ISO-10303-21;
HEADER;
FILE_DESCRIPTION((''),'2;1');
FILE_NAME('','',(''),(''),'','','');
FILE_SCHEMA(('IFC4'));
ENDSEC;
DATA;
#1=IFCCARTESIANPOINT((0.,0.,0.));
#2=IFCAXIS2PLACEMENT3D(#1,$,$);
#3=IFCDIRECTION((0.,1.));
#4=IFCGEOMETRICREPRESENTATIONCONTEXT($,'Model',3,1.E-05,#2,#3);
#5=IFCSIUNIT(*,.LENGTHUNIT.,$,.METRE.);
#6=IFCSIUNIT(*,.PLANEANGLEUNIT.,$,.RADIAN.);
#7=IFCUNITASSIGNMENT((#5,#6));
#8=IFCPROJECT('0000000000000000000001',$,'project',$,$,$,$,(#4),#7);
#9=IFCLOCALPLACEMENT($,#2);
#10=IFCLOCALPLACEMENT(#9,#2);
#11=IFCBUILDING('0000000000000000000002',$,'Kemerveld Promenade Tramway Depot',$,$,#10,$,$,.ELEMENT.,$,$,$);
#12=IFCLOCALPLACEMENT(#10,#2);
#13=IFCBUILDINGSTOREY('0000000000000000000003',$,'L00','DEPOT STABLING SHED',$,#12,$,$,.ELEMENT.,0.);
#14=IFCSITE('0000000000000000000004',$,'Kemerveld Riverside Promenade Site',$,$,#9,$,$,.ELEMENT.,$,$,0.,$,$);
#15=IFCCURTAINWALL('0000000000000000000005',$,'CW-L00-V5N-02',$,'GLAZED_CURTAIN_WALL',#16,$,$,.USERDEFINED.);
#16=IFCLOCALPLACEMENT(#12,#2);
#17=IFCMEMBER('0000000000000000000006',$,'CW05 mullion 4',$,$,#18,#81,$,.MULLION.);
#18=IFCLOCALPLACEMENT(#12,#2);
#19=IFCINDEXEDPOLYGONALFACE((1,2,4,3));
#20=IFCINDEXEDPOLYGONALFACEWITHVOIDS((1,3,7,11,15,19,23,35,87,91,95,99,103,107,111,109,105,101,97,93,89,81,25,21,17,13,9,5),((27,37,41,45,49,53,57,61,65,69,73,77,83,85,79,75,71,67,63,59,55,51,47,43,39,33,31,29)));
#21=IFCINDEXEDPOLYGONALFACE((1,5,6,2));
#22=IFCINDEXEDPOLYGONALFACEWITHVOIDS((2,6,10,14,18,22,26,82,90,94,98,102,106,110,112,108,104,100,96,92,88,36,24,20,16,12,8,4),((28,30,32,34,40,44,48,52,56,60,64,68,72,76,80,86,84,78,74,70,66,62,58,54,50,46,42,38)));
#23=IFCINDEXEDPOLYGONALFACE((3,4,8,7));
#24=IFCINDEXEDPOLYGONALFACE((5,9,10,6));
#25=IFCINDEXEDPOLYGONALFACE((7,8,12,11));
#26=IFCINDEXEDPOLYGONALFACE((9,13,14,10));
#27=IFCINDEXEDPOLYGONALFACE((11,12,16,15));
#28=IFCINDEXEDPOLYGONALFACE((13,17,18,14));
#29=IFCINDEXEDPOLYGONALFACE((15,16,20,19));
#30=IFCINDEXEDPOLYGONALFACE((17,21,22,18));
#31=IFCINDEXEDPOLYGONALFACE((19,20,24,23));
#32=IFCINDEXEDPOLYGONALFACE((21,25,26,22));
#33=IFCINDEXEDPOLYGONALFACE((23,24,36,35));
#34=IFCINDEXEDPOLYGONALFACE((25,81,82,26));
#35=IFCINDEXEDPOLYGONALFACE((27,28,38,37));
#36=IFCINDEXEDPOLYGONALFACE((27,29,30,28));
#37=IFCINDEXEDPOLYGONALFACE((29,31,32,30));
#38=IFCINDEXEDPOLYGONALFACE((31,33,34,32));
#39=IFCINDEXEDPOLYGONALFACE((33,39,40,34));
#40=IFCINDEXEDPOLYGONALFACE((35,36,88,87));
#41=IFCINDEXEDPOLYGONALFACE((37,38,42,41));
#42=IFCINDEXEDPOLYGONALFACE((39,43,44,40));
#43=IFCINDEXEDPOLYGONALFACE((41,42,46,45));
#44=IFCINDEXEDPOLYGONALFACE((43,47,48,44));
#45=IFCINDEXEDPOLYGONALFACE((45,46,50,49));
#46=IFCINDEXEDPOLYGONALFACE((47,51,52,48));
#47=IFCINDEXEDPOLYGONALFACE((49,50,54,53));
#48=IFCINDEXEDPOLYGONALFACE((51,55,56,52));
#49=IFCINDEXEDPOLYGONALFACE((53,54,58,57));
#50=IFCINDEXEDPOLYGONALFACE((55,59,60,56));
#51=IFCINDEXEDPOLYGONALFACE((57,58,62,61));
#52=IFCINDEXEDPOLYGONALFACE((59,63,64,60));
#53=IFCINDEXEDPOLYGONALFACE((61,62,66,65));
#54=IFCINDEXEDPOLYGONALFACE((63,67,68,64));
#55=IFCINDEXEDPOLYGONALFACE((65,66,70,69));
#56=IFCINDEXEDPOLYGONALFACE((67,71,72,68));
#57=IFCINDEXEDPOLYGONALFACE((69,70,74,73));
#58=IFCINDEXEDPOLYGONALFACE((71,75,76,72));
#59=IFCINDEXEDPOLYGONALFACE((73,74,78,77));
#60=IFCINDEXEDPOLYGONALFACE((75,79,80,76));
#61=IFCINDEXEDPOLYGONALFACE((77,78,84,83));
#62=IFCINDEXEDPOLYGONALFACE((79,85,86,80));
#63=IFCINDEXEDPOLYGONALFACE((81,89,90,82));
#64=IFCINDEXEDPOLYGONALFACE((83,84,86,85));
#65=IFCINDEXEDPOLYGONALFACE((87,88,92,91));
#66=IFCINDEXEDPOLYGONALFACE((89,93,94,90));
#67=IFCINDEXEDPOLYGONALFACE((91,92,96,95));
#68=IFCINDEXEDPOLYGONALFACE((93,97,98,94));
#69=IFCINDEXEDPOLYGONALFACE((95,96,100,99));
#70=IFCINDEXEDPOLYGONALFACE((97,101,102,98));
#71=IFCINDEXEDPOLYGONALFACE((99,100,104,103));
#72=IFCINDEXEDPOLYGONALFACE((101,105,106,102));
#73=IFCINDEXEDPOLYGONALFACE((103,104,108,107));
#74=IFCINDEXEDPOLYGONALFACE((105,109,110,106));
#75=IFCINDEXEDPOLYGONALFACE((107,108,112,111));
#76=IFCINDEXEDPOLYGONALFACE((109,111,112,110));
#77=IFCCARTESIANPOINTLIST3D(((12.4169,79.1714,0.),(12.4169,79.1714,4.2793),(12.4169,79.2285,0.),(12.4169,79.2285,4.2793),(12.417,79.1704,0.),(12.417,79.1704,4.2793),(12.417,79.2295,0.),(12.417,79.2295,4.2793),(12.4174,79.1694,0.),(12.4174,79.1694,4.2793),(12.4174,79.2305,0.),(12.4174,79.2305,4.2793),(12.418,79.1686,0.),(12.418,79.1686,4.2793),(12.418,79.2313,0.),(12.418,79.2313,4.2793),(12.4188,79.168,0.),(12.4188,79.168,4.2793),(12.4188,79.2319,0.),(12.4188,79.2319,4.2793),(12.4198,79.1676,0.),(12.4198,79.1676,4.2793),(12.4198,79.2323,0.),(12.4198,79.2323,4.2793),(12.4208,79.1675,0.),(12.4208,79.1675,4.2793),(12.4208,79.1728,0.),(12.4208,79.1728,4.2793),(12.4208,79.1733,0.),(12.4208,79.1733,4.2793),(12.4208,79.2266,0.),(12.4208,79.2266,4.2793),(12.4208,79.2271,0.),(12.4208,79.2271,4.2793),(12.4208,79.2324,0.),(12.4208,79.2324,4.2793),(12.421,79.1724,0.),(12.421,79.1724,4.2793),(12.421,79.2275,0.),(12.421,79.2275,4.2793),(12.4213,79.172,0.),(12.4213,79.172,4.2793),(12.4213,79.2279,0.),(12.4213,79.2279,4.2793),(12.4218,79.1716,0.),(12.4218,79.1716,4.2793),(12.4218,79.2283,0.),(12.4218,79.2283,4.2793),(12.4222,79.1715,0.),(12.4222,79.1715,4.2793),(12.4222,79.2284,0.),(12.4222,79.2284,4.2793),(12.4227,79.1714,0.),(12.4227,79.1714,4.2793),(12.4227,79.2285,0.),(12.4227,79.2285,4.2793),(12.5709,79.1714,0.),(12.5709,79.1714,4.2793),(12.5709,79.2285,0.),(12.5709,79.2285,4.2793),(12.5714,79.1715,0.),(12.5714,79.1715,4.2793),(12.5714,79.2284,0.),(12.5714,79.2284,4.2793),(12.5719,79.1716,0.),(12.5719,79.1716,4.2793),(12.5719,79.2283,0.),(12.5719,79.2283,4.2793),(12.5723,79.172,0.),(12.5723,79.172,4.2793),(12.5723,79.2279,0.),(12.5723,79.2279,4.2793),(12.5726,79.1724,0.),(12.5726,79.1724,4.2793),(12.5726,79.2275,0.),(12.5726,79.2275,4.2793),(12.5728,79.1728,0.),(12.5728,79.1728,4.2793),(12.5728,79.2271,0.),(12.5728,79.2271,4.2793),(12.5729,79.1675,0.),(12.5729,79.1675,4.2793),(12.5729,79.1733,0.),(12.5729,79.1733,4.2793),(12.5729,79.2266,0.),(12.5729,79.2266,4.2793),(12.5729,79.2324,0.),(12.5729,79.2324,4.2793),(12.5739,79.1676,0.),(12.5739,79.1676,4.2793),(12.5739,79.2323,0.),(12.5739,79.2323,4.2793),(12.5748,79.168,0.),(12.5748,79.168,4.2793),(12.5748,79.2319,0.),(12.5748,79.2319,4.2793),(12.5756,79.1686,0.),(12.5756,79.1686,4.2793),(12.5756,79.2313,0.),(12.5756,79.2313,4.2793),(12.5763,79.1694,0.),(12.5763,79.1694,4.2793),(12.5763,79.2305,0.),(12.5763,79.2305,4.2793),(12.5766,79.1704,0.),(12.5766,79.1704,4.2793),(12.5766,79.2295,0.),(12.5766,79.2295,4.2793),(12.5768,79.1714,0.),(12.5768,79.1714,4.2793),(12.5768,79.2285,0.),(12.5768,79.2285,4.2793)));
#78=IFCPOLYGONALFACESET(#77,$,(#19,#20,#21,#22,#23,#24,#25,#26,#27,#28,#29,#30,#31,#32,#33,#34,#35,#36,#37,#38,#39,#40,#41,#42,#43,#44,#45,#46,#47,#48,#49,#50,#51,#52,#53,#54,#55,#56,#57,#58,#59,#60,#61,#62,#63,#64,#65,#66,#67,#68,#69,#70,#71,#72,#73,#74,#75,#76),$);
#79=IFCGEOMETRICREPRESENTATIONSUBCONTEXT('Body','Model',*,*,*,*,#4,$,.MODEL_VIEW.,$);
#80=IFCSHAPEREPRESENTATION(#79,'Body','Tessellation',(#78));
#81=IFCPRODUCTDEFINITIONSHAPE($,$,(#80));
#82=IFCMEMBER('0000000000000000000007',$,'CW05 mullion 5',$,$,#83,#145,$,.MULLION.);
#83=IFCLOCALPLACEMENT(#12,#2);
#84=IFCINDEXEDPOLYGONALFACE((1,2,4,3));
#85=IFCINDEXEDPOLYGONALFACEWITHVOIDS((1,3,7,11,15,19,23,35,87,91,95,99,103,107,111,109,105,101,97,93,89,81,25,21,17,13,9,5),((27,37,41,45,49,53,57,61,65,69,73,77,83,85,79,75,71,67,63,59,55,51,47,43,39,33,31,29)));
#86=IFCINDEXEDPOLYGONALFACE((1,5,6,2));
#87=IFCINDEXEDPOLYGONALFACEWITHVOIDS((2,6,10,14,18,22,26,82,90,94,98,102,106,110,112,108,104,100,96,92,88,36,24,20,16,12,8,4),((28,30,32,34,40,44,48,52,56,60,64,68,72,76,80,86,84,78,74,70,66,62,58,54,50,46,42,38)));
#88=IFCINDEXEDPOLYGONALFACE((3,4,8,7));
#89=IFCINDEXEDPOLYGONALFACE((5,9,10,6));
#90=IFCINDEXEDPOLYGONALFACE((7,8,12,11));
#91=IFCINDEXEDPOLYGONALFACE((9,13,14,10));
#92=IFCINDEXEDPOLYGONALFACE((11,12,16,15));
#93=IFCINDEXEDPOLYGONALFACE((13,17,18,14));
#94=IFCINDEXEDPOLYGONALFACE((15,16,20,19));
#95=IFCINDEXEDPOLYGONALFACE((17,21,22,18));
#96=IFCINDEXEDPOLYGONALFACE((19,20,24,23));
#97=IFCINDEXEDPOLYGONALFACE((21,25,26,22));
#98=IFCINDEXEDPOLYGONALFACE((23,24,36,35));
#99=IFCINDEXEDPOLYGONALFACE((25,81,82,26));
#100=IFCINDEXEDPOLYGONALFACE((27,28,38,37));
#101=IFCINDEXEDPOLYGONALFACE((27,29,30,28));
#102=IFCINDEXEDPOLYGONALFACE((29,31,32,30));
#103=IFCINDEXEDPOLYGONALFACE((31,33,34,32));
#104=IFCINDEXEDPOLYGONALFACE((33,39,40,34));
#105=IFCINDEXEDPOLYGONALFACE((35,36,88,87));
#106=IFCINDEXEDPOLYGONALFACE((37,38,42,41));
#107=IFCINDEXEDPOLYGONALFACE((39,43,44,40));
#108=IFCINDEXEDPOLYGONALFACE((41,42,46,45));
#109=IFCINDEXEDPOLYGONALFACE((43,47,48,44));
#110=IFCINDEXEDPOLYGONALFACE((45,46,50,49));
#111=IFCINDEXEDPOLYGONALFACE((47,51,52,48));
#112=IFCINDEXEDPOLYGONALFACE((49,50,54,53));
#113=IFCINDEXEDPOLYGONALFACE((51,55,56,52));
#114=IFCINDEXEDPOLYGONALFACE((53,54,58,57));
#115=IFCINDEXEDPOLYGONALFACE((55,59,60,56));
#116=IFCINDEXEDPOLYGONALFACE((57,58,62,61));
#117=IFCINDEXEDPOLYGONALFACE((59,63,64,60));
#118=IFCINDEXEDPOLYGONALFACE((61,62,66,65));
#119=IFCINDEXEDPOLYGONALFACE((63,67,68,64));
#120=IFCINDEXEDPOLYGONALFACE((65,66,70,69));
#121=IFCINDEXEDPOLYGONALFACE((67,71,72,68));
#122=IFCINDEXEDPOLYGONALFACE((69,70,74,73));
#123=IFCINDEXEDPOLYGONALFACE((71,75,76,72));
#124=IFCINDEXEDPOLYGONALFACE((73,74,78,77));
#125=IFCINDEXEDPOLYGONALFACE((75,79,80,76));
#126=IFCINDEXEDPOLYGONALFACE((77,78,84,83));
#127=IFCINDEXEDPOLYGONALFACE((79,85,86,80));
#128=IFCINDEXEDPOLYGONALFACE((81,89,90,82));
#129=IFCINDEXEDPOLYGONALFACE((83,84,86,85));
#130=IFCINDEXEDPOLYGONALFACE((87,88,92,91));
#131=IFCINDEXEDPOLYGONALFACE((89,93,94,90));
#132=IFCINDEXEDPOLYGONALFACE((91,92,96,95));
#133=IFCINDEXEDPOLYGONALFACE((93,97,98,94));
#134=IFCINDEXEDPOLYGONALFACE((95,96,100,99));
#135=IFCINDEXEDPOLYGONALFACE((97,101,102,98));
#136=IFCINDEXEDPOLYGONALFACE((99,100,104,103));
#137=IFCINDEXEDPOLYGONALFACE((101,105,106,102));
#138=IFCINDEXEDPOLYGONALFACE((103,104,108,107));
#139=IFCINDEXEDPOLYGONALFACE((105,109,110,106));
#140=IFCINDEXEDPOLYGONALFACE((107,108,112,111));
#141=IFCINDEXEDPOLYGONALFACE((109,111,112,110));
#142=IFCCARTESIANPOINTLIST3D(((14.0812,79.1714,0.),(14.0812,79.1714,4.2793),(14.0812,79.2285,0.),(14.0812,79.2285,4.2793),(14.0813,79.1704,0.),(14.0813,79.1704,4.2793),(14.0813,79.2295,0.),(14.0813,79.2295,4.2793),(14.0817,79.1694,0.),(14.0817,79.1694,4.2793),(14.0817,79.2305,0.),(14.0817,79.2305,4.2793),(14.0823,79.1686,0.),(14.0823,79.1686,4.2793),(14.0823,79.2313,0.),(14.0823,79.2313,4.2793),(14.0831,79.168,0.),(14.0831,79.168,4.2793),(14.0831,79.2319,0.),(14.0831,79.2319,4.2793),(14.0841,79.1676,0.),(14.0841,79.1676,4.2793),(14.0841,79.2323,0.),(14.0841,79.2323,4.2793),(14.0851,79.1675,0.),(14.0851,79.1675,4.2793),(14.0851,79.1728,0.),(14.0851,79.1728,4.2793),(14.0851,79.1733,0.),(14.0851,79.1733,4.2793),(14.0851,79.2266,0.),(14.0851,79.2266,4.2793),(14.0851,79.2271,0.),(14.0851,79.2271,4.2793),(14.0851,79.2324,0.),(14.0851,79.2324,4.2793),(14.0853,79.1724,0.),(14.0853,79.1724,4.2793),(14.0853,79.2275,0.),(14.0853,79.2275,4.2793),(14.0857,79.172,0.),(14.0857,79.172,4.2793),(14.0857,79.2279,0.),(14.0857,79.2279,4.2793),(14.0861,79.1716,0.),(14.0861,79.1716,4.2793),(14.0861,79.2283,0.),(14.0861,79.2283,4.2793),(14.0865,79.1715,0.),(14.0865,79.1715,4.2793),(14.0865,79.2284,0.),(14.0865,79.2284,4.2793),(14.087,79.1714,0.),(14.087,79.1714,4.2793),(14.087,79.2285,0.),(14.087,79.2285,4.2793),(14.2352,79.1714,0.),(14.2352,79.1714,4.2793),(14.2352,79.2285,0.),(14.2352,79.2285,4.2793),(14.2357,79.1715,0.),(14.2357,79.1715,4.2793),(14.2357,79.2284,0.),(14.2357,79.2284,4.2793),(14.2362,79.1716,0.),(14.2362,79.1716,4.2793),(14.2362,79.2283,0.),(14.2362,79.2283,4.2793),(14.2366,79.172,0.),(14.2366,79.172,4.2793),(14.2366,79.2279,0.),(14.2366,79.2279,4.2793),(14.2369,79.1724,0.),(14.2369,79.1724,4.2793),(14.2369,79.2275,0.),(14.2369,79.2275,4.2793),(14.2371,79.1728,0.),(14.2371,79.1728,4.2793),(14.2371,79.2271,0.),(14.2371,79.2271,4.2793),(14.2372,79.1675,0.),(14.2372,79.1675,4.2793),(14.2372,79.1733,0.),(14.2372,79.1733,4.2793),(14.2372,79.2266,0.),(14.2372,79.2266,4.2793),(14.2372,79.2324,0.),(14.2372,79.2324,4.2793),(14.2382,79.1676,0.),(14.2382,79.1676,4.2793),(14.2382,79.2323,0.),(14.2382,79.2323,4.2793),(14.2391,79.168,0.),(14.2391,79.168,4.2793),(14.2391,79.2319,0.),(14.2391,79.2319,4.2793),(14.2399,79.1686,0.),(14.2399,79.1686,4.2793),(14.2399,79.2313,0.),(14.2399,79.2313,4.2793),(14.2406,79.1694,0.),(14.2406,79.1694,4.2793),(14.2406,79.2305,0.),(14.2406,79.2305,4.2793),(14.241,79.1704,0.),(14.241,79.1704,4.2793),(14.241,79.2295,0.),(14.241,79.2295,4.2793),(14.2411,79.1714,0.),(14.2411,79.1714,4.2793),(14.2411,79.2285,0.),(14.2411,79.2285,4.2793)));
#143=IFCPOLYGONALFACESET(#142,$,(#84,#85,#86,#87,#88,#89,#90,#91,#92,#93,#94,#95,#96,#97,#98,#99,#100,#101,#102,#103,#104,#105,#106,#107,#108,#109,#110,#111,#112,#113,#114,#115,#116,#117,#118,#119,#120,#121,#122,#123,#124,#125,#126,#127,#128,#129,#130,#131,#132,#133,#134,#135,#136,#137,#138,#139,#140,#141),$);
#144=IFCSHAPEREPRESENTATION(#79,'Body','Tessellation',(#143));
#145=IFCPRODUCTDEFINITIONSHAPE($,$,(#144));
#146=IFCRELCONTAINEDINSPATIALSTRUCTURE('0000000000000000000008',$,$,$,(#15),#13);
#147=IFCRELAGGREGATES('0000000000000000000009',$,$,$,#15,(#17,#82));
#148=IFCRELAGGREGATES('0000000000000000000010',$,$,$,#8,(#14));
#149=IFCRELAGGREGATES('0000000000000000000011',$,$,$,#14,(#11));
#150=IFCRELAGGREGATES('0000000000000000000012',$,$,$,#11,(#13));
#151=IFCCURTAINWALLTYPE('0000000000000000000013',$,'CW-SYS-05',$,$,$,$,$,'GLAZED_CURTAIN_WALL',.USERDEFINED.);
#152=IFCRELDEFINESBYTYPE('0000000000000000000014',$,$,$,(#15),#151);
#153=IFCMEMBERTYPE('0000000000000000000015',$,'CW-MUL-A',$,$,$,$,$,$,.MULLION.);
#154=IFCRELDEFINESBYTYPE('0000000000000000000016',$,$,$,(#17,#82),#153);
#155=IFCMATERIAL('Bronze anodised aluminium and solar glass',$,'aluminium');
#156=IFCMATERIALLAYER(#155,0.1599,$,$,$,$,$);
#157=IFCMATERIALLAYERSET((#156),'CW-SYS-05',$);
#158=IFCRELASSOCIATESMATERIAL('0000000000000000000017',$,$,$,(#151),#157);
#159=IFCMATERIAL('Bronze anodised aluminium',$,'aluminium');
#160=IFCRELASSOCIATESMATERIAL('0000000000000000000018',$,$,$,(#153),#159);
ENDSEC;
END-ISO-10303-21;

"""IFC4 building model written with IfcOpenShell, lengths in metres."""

from ifc_helpers import new_model, si_unit, direction, frame, origin, origin_2d, place, context, subcontext, project, spatial, hollow_rectangle, extrude, material, layer, layer_set, material_profile, profile_set, type_object, element, aggregate, save


model = new_model("IFC4")

# Units and contexts
model_context = context("Model", 3, precision=1e-05, world=origin(), true_north=direction((0.0, 1.0)))
body_context = subcontext(model_context, "Body", "Model", "MODEL_VIEW")
ifc_project = project(units=[si_unit("LENGTHUNIT", "METRE"), si_unit("PLANEANGLEUNIT", "RADIAN")], contexts=[model_context])

# Site, building, storey
site_placement = place(None, origin())
site = spatial("IfcSite", under=ifc_project, at=site_placement, Name="Kemerveld Riverside Promenade Site", CompositionType="ELEMENT", RefElevation=0.0)
building_placement = place(site_placement, origin())
building = spatial("IfcBuilding", under=site, at=building_placement, Name="Kemerveld Promenade Tramway Depot", CompositionType="ELEMENT")
storey_placement = place(building_placement, origin())
storey = spatial("IfcBuildingStorey", under=building, at=storey_placement, Name="L00", Description="DEPOT STABLING SHED", CompositionType="ELEMENT", Elevation=0.0)

# Curtain wall, members
ifc_material_1 = material(Name="Bronze anodised aluminium and solar glass", Category="aluminium")
ifc_layer_1 = layer(ifc_material_1, 0.1599)
ifc_layer_set_1 = layer_set([ifc_layer_1], Name="CW-SYS-05")
curtain_wall_type = type_object("IfcCurtainWallType", Name="CW-SYS-05", ElementType="GLAZED_CURTAIN_WALL", PredefinedType="USERDEFINED", material=ifc_layer_set_1)
curtain_wall_placement = place(storey_placement, origin())
curtain_wall = element("IfcCurtainWall", 1, at=curtain_wall_placement, inside=storey, type_object=curtain_wall_type, Name="CW-L00-V5N-02", ObjectType="GLAZED_CURTAIN_WALL", PredefinedType="USERDEFINED")
ifc_material_2 = material(Name="Bronze anodised aluminium", Category="aluminium")
ifc_material_profile_1 = material_profile(ifc_material_2, hollow_rectangle(XDim=0.0649, YDim=0.1599, WallThickness=0.0039, InnerFilletRadius=0.002, OuterFilletRadius=0.0039, at=origin_2d()), Name="CW-MUL-160x65")
ifc_profile_set_1 = profile_set([ifc_material_profile_1], Name="Bronze anodised aluminium")
member_type_1 = type_object("IfcMemberType", Name="CW-MUL-A", PredefinedType="MULLION", material=ifc_profile_set_1)
member_1_placement = place(storey_placement, frame((12.4968, 79.2, 0.0), z_axis=(0.0, 0.0, 1.0), x_axis=(0.0, 1.0, 0.0)))
member_1 = element("IfcMember", 2, at=member_1_placement, type_object=member_type_1, Name="CW05 mullion 4", PredefinedType="MULLION", context=body_context, shape_type="SweptSolid", body=[
    extrude(hollow_rectangle(XDim=0.0649, YDim=0.1599, WallThickness=0.0039, InnerFilletRadius=0.002, OuterFilletRadius=0.0039, at=origin_2d()), origin(), (0.0, 0.0, 1.0), 4.2793),
])
member_2_placement = place(storey_placement, frame((14.1611, 79.2, 0.0), z_axis=(0.0, 0.0, 1.0), x_axis=(0.0, 1.0, 0.0)))
member_2 = element("IfcMember", 3, at=member_2_placement, type_object=member_type_1, Name="CW05 mullion 5", PredefinedType="MULLION", context=body_context, shape_type="SweptSolid", body=[
    extrude(hollow_rectangle(XDim=0.0649, YDim=0.1599, WallThickness=0.0039, InnerFilletRadius=0.002, OuterFilletRadius=0.0039, at=origin_2d()), origin(), (0.0, 0.0, 1.0), 4.2793),
])
aggregate(curtain_wall, [member_1, member_2])

save(model, "model.ifc")
